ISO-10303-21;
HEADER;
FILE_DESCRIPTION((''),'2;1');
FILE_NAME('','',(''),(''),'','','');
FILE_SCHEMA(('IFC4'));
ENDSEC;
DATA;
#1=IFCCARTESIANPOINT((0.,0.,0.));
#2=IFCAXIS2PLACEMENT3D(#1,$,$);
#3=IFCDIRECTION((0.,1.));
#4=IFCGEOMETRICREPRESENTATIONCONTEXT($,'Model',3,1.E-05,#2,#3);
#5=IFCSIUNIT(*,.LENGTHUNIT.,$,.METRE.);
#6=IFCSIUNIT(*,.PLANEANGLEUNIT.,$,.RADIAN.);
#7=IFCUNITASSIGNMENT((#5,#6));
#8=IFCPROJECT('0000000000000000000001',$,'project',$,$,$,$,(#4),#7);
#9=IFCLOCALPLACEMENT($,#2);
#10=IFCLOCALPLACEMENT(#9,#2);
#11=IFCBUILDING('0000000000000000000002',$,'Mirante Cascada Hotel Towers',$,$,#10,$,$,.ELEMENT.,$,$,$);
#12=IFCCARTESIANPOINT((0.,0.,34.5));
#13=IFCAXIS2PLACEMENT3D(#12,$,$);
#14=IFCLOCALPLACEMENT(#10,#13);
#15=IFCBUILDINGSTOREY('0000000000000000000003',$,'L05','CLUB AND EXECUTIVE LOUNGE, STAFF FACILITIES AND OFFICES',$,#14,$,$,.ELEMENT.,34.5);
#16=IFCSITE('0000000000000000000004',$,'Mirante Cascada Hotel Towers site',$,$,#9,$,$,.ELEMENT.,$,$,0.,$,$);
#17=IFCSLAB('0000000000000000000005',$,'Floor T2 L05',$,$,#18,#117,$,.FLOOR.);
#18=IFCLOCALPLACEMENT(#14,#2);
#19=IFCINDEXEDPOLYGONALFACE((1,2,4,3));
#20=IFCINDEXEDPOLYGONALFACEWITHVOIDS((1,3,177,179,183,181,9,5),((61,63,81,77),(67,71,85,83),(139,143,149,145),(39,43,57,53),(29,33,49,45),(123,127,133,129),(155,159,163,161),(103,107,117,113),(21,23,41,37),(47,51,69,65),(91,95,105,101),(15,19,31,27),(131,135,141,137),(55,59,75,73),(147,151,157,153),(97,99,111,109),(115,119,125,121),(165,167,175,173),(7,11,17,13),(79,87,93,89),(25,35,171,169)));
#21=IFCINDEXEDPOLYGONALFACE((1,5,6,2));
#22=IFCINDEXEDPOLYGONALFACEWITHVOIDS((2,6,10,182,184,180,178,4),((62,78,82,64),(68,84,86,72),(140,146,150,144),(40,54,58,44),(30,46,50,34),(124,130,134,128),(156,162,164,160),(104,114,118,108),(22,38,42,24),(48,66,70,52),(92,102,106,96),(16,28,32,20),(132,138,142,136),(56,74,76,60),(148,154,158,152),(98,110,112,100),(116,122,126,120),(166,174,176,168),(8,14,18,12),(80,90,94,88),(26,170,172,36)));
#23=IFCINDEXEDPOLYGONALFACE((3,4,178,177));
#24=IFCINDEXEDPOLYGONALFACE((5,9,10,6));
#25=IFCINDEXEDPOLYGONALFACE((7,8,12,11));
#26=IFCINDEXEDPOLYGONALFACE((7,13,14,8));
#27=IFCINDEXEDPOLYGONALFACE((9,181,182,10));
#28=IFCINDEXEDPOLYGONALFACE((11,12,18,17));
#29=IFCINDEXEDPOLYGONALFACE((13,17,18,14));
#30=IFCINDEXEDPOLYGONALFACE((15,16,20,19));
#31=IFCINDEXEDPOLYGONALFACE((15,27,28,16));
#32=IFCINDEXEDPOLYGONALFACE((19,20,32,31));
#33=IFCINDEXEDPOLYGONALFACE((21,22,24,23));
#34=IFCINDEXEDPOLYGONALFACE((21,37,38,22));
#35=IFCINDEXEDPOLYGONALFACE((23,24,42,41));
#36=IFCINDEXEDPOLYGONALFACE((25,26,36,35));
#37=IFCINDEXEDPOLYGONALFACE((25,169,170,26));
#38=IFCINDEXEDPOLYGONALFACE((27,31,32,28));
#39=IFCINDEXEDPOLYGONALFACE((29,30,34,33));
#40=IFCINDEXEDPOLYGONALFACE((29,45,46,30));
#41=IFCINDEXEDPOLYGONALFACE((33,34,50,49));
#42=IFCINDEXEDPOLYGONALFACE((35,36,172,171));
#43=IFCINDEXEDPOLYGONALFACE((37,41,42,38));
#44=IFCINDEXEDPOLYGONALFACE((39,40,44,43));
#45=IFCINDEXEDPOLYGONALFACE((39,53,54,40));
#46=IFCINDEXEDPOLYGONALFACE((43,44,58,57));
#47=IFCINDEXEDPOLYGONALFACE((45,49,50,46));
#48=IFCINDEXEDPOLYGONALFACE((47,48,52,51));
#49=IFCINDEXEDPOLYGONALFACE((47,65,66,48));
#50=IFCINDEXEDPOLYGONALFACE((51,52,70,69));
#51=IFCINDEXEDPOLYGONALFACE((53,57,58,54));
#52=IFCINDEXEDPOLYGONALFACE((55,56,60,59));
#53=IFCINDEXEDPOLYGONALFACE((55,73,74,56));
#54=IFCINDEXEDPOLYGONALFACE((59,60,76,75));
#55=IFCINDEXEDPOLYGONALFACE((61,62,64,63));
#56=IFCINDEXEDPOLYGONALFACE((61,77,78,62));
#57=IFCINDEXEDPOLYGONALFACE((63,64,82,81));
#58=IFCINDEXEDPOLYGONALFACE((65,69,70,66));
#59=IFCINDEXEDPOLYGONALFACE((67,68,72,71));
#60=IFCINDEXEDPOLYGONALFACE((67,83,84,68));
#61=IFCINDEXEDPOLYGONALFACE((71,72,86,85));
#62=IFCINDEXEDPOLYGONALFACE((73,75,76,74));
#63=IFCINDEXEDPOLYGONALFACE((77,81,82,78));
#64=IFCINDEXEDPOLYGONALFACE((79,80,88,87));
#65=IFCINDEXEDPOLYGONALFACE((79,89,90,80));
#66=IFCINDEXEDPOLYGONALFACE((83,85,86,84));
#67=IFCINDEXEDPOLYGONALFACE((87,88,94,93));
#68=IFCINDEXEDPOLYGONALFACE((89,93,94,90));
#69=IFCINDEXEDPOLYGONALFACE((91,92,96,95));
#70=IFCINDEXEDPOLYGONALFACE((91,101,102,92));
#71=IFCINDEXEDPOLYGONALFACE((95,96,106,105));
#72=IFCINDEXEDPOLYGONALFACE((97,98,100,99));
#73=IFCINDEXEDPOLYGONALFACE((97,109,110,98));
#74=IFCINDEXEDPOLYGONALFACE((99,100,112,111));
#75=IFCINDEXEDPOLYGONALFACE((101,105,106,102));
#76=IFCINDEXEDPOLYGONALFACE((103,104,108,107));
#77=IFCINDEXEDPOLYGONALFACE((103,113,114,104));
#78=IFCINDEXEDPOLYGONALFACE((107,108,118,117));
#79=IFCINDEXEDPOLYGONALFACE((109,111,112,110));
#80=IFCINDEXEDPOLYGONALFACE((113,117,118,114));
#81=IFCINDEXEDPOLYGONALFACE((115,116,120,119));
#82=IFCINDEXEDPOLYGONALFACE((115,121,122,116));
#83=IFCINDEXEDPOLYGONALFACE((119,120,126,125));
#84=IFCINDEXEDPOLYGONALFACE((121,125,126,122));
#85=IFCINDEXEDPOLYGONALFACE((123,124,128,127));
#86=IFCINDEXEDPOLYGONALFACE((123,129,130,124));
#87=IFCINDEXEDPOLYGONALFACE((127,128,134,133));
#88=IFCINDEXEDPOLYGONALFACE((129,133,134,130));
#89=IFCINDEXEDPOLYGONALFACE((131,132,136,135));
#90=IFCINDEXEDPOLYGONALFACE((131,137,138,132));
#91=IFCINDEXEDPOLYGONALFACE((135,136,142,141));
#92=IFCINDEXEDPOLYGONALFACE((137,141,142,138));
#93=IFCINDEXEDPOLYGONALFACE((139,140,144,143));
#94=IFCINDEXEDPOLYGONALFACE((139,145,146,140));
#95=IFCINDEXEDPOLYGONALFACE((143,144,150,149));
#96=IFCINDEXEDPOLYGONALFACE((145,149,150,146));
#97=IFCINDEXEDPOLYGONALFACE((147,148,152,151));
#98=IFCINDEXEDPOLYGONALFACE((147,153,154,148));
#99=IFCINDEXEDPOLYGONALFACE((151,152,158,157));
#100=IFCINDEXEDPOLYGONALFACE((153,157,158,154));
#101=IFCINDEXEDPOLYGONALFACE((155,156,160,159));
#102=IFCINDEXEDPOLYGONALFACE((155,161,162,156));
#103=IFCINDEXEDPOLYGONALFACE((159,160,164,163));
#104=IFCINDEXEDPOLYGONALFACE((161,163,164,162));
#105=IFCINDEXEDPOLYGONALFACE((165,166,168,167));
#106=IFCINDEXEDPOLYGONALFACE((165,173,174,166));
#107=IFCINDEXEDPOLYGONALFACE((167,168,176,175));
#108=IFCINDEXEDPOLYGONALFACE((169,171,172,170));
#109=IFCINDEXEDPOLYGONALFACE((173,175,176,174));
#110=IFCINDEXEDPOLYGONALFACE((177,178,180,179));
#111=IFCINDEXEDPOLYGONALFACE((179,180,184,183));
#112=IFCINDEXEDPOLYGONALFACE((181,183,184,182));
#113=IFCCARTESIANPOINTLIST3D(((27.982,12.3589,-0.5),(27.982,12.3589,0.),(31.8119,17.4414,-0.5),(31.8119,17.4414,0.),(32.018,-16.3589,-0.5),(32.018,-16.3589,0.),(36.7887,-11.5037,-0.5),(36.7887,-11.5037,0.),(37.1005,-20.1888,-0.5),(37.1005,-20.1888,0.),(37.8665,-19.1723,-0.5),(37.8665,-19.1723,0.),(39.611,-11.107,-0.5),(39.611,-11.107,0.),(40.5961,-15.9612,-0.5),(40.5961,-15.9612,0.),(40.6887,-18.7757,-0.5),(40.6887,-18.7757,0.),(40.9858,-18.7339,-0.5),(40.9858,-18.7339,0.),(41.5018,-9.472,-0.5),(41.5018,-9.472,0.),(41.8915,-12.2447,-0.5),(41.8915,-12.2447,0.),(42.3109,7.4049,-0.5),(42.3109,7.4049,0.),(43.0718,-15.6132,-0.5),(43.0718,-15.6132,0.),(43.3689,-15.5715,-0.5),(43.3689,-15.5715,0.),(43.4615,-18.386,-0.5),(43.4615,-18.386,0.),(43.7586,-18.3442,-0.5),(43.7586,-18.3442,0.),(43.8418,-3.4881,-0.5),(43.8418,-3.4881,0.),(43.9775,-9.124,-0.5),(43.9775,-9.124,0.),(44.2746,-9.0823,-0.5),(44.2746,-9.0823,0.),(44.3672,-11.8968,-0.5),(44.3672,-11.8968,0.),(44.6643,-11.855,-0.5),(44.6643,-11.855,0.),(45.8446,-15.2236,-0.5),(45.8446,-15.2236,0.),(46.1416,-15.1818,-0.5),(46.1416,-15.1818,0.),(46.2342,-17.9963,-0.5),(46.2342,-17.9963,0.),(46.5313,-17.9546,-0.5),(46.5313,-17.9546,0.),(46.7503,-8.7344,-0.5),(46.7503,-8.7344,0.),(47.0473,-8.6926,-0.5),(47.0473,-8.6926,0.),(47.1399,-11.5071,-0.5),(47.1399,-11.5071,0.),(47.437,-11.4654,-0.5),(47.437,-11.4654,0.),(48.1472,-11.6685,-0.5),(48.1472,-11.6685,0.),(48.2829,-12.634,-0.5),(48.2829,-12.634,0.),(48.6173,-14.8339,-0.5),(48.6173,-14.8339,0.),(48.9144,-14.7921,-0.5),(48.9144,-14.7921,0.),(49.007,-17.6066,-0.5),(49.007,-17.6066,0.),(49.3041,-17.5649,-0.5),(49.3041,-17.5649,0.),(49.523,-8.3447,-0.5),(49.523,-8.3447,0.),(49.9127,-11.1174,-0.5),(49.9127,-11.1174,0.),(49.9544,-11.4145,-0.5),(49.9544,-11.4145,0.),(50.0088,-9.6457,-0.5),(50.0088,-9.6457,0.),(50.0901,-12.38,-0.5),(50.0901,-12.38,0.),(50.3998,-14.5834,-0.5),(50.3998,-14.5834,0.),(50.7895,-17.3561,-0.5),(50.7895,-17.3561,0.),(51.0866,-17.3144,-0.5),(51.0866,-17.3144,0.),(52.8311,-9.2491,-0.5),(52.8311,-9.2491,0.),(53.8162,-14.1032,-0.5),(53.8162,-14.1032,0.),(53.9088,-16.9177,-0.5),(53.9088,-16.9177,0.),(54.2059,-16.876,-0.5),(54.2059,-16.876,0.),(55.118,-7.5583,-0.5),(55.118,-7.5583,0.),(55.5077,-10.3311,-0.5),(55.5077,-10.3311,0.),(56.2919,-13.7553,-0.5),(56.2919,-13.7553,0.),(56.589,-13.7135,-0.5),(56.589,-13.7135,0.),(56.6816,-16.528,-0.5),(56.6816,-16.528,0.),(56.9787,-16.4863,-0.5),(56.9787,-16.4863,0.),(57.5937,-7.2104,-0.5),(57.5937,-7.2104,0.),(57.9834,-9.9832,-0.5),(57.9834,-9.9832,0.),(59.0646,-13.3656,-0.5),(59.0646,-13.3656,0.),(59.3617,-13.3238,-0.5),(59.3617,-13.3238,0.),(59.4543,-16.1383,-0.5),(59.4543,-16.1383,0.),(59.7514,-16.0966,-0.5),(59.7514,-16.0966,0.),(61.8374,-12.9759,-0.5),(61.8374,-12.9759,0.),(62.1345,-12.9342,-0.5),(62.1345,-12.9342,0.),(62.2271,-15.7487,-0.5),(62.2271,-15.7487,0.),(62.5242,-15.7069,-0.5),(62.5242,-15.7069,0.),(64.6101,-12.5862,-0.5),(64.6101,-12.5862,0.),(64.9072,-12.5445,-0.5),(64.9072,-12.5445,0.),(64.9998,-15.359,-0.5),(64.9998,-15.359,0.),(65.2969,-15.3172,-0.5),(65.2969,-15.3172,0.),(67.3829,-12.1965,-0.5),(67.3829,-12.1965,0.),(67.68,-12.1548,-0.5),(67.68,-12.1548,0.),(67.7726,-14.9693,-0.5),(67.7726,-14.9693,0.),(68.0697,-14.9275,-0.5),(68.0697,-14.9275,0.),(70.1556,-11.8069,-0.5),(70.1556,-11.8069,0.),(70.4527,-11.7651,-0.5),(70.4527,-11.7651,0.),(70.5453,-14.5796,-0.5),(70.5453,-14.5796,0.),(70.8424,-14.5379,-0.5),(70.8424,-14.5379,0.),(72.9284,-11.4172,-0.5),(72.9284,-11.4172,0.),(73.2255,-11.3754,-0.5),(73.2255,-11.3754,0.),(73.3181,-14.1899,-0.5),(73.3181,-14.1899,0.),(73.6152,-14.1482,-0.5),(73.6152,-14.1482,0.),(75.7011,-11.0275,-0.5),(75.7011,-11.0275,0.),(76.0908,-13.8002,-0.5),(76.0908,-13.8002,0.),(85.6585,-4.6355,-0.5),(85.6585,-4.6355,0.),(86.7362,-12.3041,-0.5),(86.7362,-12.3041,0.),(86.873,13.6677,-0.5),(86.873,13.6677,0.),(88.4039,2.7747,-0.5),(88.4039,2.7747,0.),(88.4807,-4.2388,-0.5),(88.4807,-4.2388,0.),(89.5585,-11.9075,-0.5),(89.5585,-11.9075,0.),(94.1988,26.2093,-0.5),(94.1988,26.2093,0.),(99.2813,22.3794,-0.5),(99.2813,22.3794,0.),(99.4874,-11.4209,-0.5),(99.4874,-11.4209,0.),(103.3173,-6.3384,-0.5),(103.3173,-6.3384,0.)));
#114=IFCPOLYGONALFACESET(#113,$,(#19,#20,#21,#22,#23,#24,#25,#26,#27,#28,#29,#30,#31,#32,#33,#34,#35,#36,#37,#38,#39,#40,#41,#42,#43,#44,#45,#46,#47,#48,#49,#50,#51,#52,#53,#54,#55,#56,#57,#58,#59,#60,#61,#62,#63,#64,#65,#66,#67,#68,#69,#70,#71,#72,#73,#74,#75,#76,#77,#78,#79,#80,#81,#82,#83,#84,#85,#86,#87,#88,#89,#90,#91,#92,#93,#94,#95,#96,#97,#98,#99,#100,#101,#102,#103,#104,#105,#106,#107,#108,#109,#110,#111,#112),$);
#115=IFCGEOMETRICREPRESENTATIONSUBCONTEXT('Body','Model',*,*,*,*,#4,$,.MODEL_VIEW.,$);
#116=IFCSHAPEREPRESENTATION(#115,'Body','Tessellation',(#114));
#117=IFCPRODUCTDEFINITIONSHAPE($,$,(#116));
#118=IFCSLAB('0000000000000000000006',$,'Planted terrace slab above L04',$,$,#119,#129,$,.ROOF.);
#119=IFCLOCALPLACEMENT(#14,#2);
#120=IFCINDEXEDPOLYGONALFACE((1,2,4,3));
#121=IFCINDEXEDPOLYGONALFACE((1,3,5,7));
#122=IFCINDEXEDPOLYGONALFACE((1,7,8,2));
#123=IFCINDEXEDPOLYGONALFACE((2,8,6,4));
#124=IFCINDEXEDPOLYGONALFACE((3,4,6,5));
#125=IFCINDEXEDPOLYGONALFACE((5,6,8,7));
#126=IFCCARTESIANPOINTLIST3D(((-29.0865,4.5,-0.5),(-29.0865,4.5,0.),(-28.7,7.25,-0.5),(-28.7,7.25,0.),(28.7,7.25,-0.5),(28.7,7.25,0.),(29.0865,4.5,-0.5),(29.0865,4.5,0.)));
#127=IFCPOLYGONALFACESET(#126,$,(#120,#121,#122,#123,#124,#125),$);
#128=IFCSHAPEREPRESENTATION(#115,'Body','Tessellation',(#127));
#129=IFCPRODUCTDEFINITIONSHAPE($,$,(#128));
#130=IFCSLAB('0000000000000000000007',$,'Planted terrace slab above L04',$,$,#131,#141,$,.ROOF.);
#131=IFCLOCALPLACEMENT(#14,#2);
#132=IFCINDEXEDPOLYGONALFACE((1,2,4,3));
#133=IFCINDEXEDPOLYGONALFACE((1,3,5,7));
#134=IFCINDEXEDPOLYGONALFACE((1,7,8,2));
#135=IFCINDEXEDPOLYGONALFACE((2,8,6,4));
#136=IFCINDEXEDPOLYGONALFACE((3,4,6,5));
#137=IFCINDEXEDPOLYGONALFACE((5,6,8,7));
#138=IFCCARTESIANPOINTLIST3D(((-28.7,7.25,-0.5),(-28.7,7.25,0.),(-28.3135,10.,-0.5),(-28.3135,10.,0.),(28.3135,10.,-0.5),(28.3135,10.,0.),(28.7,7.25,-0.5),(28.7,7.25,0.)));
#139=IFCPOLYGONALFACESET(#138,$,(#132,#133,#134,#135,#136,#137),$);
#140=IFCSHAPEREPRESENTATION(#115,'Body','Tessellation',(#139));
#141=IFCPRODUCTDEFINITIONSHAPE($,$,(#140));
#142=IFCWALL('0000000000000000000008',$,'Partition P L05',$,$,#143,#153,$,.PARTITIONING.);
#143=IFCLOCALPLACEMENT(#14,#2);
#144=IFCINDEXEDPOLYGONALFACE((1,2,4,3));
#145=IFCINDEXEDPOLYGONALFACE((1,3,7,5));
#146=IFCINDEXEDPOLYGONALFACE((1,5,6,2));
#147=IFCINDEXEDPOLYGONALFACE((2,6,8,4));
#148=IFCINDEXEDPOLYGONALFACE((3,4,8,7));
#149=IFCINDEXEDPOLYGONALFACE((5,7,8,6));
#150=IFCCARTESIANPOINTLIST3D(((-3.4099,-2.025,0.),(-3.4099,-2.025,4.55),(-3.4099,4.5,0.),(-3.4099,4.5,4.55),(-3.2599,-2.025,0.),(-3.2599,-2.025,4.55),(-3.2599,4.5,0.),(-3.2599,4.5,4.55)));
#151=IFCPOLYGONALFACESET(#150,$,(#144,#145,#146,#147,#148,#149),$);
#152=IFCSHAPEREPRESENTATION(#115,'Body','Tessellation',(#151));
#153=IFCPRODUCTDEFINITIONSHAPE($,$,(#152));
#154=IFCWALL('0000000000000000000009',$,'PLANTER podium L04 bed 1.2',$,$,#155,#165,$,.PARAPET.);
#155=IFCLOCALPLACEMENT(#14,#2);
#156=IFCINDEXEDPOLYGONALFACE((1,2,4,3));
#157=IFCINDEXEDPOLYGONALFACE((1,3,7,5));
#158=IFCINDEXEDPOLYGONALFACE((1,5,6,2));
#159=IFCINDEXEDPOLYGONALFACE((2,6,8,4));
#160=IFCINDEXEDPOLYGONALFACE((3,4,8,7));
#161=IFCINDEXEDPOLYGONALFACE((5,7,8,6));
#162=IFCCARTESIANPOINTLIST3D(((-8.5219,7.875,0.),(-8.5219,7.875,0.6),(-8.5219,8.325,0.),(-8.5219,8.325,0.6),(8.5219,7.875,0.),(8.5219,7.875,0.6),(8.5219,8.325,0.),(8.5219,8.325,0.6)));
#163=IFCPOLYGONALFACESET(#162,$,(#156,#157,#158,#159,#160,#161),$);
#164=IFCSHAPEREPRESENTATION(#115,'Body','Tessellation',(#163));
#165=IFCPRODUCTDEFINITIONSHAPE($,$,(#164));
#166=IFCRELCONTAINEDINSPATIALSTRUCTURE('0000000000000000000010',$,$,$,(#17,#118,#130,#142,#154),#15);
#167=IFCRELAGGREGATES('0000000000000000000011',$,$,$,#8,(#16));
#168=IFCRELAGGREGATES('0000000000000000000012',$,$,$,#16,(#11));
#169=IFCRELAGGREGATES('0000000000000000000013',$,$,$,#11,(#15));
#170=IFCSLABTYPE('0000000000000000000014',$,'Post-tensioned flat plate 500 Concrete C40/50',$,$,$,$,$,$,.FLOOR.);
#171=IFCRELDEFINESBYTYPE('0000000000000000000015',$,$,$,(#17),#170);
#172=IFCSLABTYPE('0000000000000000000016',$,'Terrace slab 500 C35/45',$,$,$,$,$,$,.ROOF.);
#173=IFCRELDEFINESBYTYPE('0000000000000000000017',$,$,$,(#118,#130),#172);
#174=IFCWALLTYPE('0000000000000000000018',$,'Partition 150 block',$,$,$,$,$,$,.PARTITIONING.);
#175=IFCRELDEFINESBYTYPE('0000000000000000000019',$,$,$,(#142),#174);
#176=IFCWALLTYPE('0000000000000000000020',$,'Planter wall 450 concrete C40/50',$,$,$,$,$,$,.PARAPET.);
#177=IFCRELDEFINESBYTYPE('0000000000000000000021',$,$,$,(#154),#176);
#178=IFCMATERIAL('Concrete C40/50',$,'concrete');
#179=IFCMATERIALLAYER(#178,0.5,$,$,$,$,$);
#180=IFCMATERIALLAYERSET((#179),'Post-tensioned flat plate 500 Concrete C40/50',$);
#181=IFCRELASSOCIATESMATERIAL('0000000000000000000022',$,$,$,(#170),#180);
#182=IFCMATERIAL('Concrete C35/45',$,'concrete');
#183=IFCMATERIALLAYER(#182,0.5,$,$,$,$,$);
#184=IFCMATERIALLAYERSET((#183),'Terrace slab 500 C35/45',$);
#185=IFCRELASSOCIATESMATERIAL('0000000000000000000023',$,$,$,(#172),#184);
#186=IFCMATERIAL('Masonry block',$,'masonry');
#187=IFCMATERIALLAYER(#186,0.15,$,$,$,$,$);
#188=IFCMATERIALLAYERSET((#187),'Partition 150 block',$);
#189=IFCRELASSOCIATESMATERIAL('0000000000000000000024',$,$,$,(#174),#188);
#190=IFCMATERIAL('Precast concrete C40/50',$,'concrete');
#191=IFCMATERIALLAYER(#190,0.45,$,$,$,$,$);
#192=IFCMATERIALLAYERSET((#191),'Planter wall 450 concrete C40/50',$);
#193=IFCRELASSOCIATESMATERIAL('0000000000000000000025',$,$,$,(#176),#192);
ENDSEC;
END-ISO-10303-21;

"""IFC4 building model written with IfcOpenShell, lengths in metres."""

from ifc_helpers import new_model, si_unit, direction, frame, frame_2d, origin, place, context, subcontext, project, spatial, polyline, rectangle, outline, extrude, material, layer, layer_set, type_object, element, save


model = new_model("IFC4")

# Units and contexts
model_context = context("Model", 3, precision=1e-05, world=origin(), true_north=direction((0.0, 1.0)))
body_context = subcontext(model_context, "Body", "Model", "MODEL_VIEW")
ifc_project = project(units=[si_unit("LENGTHUNIT", "METRE"), si_unit("PLANEANGLEUNIT", "RADIAN")], contexts=[model_context])

# Site, building, storey
site_placement = place(None, origin())
site = spatial("IfcSite", under=ifc_project, at=site_placement, Name="Mirante Cascada Hotel Towers site", CompositionType="ELEMENT", RefElevation=0.0)
building_placement = place(site_placement, origin())
building = spatial("IfcBuilding", under=site, at=building_placement, Name="Mirante Cascada Hotel Towers", CompositionType="ELEMENT")
storey_placement = place(building_placement, frame((0.0, 0.0, 34.5)))
storey = spatial("IfcBuildingStorey", under=building, at=storey_placement, Name="L05", Description="CLUB AND EXECUTIVE LOUNGE, STAFF FACILITIES AND OFFICES", CompositionType="ELEMENT", Elevation=34.5)

# Slabs
ifc_material_1 = material(Name="Concrete C40/50", Category="concrete")
ifc_layer_1 = layer(ifc_material_1, 0.5)
ifc_layer_set_1 = layer_set([ifc_layer_1], Name="Post-tensioned flat plate 500 Concrete C40/50")
slab_type_1 = type_object("IfcSlabType", Name="Post-tensioned flat plate 500 Concrete C40/50", PredefinedType="FLOOR", material=ifc_layer_set_1)
slab_1_placement = place(storey_placement, frame((0.0, 0.0, -0.5)))
element("IfcSlab", 1, at=slab_1_placement, inside=storey, type_object=slab_type_1, Name="Floor T2 L05", PredefinedType="FLOOR", context=body_context, shape_type="SweptSolid", body=[
    extrude(outline(polyline([(32.018, -16.3589), (27.982, 12.3589), (31.8119, 17.4414), (94.1988, 26.2093), (99.2813, 22.3794), (103.3173, -6.3384), (99.4874, -11.4209), (37.1005, -20.1888), (32.018, -16.3589)]), holes=[polyline([(43.0718, -15.6132), (40.5961, -15.9612), (40.9858, -18.7339), (43.4615, -18.386), (43.0718, -15.6132)]), polyline([(45.8446, -15.2236), (43.3689, -15.5715), (43.7586, -18.3442), (46.2342, -17.9963), (45.8446, -15.2236)]), polyline([(48.6173, -14.8339), (46.1416, -15.1818), (46.5313, -17.9546), (49.007, -17.6066), (48.6173, -14.8339)]), polyline([(50.7895, -17.3561), (50.3998, -14.5834), (48.9144, -14.7921), (49.3041, -17.5649), (50.7895, -17.3561)]), polyline([(56.6816, -16.528), (56.2919, -13.7553), (53.8162, -14.1032), (54.2059, -16.876), (56.6816, -16.528)]), polyline([(37.8665, -19.1723), (40.6887, -18.7757), (39.611, -11.107), (36.7887, -11.5037), (37.8665, -19.1723)]), polyline([(51.0866, -17.3144), (53.9088, -16.9177), (52.8311, -9.2491), (50.0088, -9.6457), (51.0866, -17.3144)]), polyline([(49.9544, -11.4145), (48.1472, -11.6685), (48.2829, -12.634), (50.0901, -12.38), (49.9544, -11.4145)]), polyline([(44.3672, -11.8968), (43.9775, -9.124), (41.5018, -9.472), (41.8915, -12.2447), (44.3672, -11.8968)]), polyline([(47.1399, -11.5071), (46.7503, -8.7344), (44.2746, -9.0823), (44.6643, -11.855), (47.1399, -11.5071)]), polyline([(49.523, -8.3447), (47.0473, -8.6926), (47.437, -11.4654), (49.9127, -11.1174), (49.523, -8.3447)]), polyline([(59.0646, -13.3656), (56.589, -13.7135), (56.9787, -16.4863), (59.4543, -16.1383), (59.0646, -13.3656)]), polyline([(61.8374, -12.9759), (59.3617, -13.3238), (59.7514, -16.0966), (62.2271, -15.7487), (61.8374, -12.9759)]), polyline([(64.9998, -15.359), (64.6101, -12.5862), (62.1345, -12.9342), (62.5242, -15.7069), (64.9998, -15.359)]), polyline([(67.7726, -14.9693), (67.3829, -12.1965), (64.9072, -12.5445), (65.2969, -15.3172), (67.7726, -14.9693)]), polyline([(70.1556, -11.8069), (67.68, -12.1548), (68.0697, -14.9275), (70.5453, -14.5796), (70.1556, -11.8069)]), polyline([(73.3181, -14.1899), (72.9284, -11.4172), (70.4527, -11.7651), (70.8424, -14.5379), (73.3181, -14.1899)]), polyline([(76.0908, -13.8002), (75.7011, -11.0275), (73.2255, -11.3754), (73.6152, -14.1482), (76.0908, -13.8002)]), polyline([(86.7362, -12.3041), (89.5585, -11.9075), (88.4807, -4.2388), (85.6585, -4.6355), (86.7362, -12.3041)]), polyline([(57.9834, -9.9832), (57.5937, -7.2104), (55.118, -7.5583), (55.5077, -10.3311), (57.9834, -9.9832)]), polyline([(88.4039, 2.7747), (86.873, 13.6677), (42.3109, 7.4049), (43.8418, -3.4881), (88.4039, 2.7747)])]), origin(), (0.0, 0.0, 1.0), 0.5),
])
ifc_material_2 = material(Name="Concrete C35/45", Category="concrete")
ifc_layer_2 = layer(ifc_material_2, 0.5)
ifc_layer_set_2 = layer_set([ifc_layer_2], Name="Terrace slab 500 C35/45")
slab_type_2 = type_object("IfcSlabType", Name="Terrace slab 500 C35/45", PredefinedType="ROOF", material=ifc_layer_set_2)
slab_2_placement = place(storey_placement, frame((0.0, 0.0, -0.5)))
element("IfcSlab", 2, at=slab_2_placement, inside=storey, type_object=slab_type_2, Name="Planted terrace slab above L04", PredefinedType="ROOF", context=body_context, shape_type="SweptSolid", body=[
    extrude(outline(polyline([(29.0865, 4.5), (-29.0865, 4.5), (-28.7, 7.25), (28.7, 7.25), (29.0865, 4.5)])), origin(), (0.0, 0.0, 1.0), 0.5),
])
slab_3_placement = place(storey_placement, frame((0.0, 0.0, -0.5)))
element("IfcSlab", 3, at=slab_3_placement, inside=storey, type_object=slab_type_2, Name="Planted terrace slab above L04", PredefinedType="ROOF", context=body_context, shape_type="SweptSolid", body=[
    extrude(outline(polyline([(28.3135, 10.0), (28.7, 7.25), (-28.7, 7.25), (-28.3135, 10.0), (28.3135, 10.0)])), origin(), (0.0, 0.0, 1.0), 0.5),
])

# Walls
ifc_material_3 = material(Name="Masonry block", Category="masonry")
ifc_layer_3 = layer(ifc_material_3, 0.15)
ifc_layer_set_3 = layer_set([ifc_layer_3], Name="Partition 150 block")
wall_type_1 = type_object("IfcWallType", Name="Partition 150 block", PredefinedType="PARTITIONING", material=ifc_layer_set_3)
wall_1_placement = place(storey_placement, frame((-3.3349, -2.025, 0.0), z_axis=(0.0, 0.0, 1.0), x_axis=(0.0, 1.0, 0.0)))
element("IfcWall", 4, at=wall_1_placement, inside=storey, type_object=wall_type_1, Name="Partition P L05", PredefinedType="PARTITIONING", context=body_context, shape_type="SweptSolid", body=[
    extrude(rectangle(XDim=6.525, YDim=0.15, at=frame_2d((3.2625, 0.0))), origin(), (0.0, 0.0, 1.0), 4.55),
])
ifc_material_4 = material(Name="Precast concrete C40/50", Category="concrete")
ifc_layer_4 = layer(ifc_material_4, 0.45)
ifc_layer_set_4 = layer_set([ifc_layer_4], Name="Planter wall 450 concrete C40/50")
wall_type_2 = type_object("IfcWallType", Name="Planter wall 450 concrete C40/50", PredefinedType="PARAPET", material=ifc_layer_set_4)
wall_2_placement = place(storey_placement, frame((-8.5219, 8.1, 0.0), z_axis=(0.0, 0.0, 1.0), x_axis=(1.0, 0.0, 0.0)))
element("IfcWall", 5, at=wall_2_placement, inside=storey, type_object=wall_type_2, Name="PLANTER podium L04 bed 1.2", PredefinedType="PARAPET", context=body_context, shape_type="SweptSolid", body=[
    extrude(rectangle(XDim=17.0438, YDim=0.45, at=frame_2d((8.5219, 0.0))), origin(), (0.0, 0.0, 1.0), 0.6),
])

save(model, "model.ifc")
